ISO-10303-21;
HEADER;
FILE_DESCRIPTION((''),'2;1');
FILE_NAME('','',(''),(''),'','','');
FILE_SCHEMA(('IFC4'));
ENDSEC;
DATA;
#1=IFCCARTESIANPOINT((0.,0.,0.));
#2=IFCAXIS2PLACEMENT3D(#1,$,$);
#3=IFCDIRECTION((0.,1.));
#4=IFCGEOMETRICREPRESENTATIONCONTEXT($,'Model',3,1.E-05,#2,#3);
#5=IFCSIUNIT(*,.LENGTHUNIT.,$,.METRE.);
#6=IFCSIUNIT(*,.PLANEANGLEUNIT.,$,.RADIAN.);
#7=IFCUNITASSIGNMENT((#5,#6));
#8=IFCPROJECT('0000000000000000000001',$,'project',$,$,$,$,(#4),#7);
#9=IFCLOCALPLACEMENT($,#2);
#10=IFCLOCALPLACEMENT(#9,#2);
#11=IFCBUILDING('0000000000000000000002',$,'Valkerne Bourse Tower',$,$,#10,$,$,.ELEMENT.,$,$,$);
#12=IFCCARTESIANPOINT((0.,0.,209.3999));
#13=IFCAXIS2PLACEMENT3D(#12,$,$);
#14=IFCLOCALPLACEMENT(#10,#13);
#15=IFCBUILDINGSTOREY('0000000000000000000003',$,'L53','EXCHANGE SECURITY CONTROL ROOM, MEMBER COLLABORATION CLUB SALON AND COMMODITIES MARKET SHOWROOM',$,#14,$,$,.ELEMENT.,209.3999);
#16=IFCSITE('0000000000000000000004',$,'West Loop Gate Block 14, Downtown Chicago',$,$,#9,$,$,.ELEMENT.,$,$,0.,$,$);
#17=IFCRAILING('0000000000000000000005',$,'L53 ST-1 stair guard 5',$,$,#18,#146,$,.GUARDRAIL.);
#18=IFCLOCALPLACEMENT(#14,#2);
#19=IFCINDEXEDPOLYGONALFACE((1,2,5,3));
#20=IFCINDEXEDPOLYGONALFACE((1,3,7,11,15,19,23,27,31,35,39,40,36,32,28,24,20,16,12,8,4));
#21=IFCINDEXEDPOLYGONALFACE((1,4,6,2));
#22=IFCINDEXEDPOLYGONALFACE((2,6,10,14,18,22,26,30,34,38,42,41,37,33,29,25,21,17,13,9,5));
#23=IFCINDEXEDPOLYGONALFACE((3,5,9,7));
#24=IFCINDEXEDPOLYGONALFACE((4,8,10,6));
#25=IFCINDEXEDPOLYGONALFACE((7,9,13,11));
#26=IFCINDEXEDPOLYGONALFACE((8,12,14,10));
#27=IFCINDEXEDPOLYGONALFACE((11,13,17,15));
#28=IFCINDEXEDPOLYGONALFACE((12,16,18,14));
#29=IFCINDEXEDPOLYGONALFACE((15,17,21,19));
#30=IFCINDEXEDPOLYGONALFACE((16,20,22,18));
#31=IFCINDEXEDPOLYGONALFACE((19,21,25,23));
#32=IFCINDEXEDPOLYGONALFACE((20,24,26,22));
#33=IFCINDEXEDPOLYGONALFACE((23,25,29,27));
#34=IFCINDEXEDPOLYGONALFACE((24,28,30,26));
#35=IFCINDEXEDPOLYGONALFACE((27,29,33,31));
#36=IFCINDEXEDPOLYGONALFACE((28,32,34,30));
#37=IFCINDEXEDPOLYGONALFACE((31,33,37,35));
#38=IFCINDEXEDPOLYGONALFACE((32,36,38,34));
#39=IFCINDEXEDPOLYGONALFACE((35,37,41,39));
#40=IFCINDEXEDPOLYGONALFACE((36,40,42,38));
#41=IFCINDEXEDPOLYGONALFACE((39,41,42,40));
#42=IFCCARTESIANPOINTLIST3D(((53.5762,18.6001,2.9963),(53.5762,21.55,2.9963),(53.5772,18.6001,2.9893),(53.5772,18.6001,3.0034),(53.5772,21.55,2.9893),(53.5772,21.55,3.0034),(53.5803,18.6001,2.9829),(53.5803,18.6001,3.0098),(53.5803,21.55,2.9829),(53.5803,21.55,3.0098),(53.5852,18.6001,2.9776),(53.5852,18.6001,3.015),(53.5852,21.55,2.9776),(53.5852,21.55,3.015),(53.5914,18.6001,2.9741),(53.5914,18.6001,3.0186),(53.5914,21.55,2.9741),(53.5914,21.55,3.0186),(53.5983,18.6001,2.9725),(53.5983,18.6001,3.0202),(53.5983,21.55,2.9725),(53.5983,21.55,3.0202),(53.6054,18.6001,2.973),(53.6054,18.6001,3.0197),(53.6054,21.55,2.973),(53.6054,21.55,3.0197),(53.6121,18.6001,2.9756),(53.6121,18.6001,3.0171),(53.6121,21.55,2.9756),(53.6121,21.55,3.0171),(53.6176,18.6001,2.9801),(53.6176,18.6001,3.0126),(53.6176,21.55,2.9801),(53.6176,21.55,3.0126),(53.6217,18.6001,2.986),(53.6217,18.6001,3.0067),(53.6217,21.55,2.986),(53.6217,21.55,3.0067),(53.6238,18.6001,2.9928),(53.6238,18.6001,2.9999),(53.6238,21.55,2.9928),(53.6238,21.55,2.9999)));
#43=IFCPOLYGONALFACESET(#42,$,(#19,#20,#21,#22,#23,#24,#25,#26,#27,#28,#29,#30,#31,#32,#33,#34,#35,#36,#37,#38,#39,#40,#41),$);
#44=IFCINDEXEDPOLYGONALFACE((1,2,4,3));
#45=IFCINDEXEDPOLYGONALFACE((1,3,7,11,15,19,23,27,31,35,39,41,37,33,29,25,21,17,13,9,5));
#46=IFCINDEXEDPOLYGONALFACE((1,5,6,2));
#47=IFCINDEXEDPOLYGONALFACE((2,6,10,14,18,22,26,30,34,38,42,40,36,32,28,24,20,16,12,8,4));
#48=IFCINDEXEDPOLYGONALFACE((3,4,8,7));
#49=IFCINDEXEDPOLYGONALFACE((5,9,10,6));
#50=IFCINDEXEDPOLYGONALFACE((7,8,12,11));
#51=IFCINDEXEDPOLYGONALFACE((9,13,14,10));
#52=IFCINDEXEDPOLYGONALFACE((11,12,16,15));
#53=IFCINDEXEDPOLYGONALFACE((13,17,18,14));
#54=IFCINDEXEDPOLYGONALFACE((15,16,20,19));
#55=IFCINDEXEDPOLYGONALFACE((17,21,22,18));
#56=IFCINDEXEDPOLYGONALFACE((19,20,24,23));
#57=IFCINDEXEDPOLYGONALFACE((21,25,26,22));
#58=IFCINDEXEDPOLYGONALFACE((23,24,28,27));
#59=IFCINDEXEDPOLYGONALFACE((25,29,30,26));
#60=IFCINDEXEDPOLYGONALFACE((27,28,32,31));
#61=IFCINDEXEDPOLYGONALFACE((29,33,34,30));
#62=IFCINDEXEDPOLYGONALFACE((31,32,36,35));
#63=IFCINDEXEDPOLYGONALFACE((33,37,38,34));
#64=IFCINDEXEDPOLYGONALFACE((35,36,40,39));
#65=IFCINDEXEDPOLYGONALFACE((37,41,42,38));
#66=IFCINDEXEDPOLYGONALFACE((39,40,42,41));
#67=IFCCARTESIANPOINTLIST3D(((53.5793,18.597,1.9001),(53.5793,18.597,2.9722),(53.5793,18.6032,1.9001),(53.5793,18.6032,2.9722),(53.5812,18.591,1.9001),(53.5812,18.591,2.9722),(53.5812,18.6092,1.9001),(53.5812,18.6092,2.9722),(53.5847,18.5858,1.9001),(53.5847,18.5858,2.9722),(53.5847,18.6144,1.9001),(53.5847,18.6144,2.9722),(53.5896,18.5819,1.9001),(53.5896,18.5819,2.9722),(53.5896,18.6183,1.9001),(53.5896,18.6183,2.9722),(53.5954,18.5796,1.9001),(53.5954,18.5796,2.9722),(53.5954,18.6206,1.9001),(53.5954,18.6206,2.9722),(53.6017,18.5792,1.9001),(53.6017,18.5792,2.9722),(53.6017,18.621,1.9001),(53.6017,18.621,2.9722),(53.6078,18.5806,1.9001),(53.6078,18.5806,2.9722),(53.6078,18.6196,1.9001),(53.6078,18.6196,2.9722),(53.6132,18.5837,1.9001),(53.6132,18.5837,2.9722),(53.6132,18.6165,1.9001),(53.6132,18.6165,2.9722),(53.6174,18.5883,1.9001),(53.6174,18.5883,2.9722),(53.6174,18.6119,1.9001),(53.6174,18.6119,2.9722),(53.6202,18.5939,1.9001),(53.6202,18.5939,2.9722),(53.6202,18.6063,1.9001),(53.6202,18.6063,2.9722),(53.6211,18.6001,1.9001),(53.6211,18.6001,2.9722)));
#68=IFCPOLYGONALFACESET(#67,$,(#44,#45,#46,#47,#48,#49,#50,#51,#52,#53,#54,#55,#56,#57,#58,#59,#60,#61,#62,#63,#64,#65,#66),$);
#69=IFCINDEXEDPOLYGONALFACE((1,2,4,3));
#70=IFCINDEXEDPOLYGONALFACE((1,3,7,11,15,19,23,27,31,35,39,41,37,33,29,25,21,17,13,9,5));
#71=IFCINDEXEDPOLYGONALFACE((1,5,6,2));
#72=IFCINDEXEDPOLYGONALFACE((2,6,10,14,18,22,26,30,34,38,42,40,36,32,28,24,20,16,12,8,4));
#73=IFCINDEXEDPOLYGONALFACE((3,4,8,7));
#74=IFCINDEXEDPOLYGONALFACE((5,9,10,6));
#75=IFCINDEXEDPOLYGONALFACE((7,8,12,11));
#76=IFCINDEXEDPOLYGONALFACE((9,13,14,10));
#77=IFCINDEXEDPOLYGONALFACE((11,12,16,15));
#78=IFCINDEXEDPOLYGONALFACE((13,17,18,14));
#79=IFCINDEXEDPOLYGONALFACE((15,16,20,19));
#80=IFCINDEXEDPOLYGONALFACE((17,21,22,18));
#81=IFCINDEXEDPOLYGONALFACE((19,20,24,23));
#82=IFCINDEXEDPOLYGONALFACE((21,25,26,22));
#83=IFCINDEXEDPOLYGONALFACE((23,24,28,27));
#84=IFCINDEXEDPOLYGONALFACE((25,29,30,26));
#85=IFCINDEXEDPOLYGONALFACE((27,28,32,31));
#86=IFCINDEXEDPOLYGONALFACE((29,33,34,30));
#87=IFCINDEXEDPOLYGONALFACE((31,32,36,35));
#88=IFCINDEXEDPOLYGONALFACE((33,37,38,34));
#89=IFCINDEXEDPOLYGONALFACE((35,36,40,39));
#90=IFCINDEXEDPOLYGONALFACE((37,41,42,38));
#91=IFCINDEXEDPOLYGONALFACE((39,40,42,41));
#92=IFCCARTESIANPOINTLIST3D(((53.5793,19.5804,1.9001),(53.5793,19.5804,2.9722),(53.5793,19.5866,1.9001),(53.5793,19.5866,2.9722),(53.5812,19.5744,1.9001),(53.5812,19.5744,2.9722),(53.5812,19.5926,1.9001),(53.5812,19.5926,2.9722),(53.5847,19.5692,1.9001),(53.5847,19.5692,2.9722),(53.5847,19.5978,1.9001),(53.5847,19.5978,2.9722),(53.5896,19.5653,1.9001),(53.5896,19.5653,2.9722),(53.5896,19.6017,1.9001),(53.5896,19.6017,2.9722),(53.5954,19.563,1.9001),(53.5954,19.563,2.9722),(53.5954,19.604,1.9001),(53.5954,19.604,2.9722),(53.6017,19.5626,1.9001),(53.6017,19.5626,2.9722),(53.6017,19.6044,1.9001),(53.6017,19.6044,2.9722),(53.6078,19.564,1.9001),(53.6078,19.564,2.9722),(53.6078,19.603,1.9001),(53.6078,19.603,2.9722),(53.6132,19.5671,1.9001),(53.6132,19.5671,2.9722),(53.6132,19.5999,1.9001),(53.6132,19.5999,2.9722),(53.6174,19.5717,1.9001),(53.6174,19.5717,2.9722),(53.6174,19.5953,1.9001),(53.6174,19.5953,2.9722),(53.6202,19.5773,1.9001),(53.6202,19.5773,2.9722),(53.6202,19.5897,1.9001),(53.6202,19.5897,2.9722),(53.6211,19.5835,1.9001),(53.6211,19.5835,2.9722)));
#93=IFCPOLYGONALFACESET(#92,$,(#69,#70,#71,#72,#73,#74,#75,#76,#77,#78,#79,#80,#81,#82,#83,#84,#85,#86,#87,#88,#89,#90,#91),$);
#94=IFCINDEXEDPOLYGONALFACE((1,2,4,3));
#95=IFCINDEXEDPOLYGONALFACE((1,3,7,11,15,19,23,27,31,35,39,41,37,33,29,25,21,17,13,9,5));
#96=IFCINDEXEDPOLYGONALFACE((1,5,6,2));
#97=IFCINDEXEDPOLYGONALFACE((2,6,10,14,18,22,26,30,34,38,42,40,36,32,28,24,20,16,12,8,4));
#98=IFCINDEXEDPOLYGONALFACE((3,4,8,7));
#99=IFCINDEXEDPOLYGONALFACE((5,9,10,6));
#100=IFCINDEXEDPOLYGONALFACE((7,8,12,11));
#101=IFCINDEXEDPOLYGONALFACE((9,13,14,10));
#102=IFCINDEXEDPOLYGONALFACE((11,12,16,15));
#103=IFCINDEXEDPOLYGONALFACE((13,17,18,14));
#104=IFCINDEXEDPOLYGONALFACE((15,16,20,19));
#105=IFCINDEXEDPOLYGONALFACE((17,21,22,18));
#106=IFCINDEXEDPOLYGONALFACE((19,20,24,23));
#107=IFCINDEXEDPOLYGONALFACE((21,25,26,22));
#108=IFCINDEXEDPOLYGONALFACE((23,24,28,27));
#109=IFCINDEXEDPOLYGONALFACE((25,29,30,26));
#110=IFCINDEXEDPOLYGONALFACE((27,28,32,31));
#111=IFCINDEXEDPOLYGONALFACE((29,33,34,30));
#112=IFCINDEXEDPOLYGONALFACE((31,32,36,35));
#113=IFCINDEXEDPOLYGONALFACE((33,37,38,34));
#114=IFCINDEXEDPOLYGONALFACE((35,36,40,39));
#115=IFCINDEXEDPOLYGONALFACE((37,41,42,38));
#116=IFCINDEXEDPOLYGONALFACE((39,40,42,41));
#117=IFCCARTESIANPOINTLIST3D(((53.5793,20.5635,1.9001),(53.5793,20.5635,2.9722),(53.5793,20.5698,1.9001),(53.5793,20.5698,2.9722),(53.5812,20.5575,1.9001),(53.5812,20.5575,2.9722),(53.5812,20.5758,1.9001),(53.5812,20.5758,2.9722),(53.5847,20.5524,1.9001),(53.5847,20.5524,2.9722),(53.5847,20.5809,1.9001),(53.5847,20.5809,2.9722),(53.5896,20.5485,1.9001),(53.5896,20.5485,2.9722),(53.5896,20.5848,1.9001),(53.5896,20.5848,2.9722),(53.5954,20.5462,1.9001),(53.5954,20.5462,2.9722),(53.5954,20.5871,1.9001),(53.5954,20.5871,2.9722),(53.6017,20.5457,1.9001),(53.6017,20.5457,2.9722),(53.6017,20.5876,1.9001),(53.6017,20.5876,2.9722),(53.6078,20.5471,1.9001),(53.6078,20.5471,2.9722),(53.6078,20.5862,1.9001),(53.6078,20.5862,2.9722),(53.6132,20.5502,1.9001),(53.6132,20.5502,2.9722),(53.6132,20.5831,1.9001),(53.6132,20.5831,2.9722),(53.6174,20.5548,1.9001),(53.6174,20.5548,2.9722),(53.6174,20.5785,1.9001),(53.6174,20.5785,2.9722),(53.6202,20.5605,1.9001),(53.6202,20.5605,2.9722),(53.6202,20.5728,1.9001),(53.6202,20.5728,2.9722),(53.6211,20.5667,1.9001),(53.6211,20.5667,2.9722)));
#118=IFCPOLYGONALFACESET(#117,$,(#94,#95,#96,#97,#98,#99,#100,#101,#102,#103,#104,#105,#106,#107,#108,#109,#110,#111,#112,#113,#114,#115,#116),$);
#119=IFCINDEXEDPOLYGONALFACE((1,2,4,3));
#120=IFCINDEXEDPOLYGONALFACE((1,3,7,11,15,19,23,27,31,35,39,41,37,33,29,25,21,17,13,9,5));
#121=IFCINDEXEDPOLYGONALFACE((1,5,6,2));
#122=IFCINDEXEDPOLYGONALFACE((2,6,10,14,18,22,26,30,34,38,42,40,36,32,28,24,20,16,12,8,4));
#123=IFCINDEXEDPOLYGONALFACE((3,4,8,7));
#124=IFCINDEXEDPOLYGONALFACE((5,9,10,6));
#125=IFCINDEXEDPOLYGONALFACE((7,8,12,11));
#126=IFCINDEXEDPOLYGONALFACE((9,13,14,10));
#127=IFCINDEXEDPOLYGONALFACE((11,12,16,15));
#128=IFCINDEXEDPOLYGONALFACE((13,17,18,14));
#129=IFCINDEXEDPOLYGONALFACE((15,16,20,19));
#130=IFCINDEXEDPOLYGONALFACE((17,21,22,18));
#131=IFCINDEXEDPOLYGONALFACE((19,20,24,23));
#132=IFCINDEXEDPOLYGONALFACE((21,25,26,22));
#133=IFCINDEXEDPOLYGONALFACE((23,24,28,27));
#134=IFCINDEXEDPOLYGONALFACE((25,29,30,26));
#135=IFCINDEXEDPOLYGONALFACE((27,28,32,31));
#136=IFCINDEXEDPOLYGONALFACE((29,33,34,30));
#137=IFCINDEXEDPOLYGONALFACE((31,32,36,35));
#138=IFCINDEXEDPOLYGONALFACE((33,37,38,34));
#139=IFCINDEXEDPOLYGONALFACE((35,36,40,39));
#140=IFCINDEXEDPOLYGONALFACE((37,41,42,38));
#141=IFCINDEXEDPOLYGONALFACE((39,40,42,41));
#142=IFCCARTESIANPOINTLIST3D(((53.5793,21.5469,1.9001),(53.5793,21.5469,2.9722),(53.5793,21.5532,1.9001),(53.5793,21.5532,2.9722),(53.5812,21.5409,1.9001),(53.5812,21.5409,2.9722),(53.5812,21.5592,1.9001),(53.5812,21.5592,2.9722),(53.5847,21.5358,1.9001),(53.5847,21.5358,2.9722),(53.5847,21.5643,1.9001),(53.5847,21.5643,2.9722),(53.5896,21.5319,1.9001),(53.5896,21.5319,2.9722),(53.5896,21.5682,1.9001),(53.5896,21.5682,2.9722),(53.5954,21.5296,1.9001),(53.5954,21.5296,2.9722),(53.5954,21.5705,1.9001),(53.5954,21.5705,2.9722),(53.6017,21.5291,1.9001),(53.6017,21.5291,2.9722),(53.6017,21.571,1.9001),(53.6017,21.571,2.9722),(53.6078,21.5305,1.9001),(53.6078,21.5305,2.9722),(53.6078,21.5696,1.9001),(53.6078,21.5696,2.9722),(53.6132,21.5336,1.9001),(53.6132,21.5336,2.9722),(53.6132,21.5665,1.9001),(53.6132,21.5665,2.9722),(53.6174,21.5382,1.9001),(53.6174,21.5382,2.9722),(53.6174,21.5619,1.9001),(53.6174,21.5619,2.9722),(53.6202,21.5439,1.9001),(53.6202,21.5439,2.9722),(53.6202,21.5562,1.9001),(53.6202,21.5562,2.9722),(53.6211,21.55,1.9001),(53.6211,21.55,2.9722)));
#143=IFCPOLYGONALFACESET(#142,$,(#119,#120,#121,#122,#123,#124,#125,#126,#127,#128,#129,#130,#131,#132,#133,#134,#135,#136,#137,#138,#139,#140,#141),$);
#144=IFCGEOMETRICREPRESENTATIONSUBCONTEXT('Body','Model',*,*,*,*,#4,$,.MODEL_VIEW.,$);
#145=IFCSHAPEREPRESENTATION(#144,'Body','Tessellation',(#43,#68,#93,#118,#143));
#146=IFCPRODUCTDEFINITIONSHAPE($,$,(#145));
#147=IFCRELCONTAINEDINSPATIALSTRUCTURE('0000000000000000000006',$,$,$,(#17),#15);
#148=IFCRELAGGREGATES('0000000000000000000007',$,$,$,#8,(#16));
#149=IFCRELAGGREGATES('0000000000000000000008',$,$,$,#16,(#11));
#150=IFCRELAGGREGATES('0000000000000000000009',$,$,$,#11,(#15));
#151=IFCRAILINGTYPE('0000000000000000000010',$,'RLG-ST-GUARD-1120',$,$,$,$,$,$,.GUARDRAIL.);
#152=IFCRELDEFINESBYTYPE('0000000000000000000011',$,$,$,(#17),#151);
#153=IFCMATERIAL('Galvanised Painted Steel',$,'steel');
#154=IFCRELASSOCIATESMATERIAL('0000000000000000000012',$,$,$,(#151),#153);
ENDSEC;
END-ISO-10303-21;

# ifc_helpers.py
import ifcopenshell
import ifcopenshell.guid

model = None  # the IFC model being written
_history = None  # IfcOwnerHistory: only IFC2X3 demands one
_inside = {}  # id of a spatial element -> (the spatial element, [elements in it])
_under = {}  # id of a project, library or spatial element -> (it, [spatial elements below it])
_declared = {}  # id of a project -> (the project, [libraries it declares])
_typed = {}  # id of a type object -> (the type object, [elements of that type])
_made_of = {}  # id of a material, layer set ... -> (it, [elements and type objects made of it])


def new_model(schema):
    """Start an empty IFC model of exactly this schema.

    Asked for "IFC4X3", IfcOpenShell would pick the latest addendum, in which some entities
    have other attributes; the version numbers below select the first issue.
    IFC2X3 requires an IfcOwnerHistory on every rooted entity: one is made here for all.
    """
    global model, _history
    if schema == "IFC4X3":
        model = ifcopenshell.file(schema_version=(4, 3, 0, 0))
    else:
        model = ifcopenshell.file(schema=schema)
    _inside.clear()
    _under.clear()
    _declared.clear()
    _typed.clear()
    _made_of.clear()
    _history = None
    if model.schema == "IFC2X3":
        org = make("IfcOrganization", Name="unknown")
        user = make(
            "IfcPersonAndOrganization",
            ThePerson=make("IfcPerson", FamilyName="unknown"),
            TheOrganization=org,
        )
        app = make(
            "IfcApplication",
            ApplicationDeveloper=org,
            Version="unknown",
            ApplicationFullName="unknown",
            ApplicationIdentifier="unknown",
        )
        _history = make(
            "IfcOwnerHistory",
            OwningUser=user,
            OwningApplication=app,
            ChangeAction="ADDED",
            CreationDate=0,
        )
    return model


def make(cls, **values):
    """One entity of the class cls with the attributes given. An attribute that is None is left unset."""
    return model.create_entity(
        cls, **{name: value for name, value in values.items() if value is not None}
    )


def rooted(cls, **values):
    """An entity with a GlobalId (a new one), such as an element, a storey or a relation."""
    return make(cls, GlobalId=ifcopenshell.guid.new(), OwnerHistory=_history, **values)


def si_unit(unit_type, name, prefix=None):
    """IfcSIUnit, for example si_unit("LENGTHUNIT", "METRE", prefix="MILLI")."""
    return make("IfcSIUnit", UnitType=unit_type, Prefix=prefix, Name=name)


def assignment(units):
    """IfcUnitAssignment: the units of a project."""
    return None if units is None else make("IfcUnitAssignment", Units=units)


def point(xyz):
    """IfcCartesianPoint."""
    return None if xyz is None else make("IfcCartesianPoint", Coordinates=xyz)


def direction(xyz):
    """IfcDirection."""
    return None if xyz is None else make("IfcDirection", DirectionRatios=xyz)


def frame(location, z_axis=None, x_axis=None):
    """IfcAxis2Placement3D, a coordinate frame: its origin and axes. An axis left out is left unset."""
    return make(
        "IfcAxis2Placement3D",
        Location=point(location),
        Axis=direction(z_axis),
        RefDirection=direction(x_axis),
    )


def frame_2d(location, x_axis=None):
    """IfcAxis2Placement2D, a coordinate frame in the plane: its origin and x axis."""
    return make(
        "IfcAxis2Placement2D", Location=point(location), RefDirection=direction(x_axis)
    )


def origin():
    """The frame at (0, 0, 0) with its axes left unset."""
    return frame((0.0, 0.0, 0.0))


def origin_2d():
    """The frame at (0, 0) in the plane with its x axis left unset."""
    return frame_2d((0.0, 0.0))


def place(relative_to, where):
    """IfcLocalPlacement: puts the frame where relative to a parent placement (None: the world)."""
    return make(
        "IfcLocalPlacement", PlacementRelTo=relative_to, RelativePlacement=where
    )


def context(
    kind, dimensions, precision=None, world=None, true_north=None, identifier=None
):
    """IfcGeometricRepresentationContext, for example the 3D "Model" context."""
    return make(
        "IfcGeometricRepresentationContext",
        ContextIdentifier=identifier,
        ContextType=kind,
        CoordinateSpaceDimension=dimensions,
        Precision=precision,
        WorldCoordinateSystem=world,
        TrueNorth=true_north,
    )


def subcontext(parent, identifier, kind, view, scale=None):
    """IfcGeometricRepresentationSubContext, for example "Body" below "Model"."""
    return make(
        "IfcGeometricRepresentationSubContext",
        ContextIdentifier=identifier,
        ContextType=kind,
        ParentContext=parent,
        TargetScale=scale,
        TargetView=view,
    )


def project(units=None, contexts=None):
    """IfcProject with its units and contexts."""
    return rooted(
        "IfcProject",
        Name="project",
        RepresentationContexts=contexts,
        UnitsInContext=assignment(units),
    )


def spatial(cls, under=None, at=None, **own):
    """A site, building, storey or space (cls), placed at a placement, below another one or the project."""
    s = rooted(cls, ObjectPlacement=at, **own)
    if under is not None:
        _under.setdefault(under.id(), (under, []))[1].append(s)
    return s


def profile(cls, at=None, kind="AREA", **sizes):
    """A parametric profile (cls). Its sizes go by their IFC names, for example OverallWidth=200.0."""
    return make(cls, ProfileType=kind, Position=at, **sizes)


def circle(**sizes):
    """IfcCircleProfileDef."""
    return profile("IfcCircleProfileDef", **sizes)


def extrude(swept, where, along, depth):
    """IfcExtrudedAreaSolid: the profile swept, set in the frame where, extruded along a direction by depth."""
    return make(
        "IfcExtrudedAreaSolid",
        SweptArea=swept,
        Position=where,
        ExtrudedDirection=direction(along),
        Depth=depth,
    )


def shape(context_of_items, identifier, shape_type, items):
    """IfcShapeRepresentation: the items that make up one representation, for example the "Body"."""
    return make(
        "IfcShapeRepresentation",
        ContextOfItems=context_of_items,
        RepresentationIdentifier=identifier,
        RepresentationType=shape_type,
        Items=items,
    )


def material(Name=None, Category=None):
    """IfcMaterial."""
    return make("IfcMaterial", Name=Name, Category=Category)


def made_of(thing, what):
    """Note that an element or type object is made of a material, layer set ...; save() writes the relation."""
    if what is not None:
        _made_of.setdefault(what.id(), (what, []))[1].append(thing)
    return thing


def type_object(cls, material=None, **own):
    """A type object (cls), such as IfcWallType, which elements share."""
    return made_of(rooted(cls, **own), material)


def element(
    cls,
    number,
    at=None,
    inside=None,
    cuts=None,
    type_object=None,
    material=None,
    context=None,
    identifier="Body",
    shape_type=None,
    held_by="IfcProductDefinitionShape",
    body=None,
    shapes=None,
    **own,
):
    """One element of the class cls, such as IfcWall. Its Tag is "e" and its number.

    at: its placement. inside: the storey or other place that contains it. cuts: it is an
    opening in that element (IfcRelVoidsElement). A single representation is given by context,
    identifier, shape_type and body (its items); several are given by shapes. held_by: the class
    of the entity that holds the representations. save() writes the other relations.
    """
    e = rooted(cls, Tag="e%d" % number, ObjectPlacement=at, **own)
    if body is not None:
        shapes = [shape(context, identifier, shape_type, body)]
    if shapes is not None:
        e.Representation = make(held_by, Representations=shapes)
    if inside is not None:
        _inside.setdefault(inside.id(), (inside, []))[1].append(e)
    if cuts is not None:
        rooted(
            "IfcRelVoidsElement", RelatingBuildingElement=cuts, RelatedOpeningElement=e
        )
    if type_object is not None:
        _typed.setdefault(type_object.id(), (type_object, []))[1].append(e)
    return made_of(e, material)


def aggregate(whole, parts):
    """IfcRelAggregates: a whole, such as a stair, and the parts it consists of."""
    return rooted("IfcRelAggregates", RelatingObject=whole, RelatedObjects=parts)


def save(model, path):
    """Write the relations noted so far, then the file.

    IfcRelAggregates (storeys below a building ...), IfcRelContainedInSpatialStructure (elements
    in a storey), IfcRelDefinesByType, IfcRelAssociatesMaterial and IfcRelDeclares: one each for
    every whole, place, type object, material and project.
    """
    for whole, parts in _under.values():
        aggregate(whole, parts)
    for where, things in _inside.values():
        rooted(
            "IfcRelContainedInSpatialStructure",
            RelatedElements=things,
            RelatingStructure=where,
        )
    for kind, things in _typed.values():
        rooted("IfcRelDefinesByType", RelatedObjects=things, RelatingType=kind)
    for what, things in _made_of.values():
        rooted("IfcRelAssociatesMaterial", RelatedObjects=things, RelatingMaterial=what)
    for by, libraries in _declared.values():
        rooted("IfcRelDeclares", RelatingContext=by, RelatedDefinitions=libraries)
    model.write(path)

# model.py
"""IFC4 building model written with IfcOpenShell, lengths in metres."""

from ifc_helpers import new_model, si_unit, direction, frame, origin, origin_2d, place, context, subcontext, project, spatial, circle, extrude, material, type_object, element, save


model = new_model("IFC4")

# Units and contexts
model_context = context("Model", 3, precision=1e-05, world=origin(), true_north=direction((0.0, 1.0)))
body_context = subcontext(model_context, "Body", "Model", "MODEL_VIEW")
ifc_project = project(units=[si_unit("LENGTHUNIT", "METRE"), si_unit("PLANEANGLEUNIT", "RADIAN")], contexts=[model_context])

# Site, building, storey
site_placement = place(None, origin())
site = spatial("IfcSite", under=ifc_project, at=site_placement, Name="West Loop Gate Block 14, Downtown Chicago", CompositionType="ELEMENT", RefElevation=0.0)
building_placement = place(site_placement, origin())
building = spatial("IfcBuilding", under=site, at=building_placement, Name="Valkerne Bourse Tower", CompositionType="ELEMENT")
storey_placement = place(building_placement, frame((0.0, 0.0, 209.3999)))
storey = spatial("IfcBuildingStorey", under=building, at=storey_placement, Name="L53", Description="EXCHANGE SECURITY CONTROL ROOM, MEMBER COLLABORATION CLUB SALON AND COMMODITIES MARKET SHOWROOM", CompositionType="ELEMENT", Elevation=209.3999)

# Railing
ifc_material_1 = material(Name="Galvanised Painted Steel", Category="steel")
railing_type = type_object("IfcRailingType", Name="RLG-ST-GUARD-1120", PredefinedType="GUARDRAIL", material=ifc_material_1)
railing_1_placement = place(storey_placement, frame((53.6001, 18.6001, 1.9001)))
element("IfcRailing", 1, at=railing_1_placement, inside=storey, type_object=railing_type, Name="L53 ST-1 stair guard 5", PredefinedType="GUARDRAIL", context=body_context, shape_type="SweptSolid", body=[
    extrude(circle(Radius=0.0239, at=origin_2d()), frame((0.0, 0.0, 1.0962), z_axis=(0.0, 1.0, 0.0), x_axis=(-1.0, 0.0, 0.0)), (0.0, 0.0, 1.0), 2.95),
    extrude(circle(Radius=0.021, at=origin_2d()), origin(), (0.0, 0.0, 1.0), 1.072),
    extrude(circle(Radius=0.021, at=origin_2d()), frame((0.0, 0.9834, 0.0)), (0.0, 0.0, 1.0), 1.072),
    extrude(circle(Radius=0.021, at=origin_2d()), frame((0.0, 1.9666, 0.0)), (0.0, 0.0, 1.0), 1.072),
    extrude(circle(Radius=0.021, at=origin_2d()), frame((0.0, 2.95, 0.0)), (0.0, 0.0, 1.0), 1.072),
])

save(model, "model.ifc")
